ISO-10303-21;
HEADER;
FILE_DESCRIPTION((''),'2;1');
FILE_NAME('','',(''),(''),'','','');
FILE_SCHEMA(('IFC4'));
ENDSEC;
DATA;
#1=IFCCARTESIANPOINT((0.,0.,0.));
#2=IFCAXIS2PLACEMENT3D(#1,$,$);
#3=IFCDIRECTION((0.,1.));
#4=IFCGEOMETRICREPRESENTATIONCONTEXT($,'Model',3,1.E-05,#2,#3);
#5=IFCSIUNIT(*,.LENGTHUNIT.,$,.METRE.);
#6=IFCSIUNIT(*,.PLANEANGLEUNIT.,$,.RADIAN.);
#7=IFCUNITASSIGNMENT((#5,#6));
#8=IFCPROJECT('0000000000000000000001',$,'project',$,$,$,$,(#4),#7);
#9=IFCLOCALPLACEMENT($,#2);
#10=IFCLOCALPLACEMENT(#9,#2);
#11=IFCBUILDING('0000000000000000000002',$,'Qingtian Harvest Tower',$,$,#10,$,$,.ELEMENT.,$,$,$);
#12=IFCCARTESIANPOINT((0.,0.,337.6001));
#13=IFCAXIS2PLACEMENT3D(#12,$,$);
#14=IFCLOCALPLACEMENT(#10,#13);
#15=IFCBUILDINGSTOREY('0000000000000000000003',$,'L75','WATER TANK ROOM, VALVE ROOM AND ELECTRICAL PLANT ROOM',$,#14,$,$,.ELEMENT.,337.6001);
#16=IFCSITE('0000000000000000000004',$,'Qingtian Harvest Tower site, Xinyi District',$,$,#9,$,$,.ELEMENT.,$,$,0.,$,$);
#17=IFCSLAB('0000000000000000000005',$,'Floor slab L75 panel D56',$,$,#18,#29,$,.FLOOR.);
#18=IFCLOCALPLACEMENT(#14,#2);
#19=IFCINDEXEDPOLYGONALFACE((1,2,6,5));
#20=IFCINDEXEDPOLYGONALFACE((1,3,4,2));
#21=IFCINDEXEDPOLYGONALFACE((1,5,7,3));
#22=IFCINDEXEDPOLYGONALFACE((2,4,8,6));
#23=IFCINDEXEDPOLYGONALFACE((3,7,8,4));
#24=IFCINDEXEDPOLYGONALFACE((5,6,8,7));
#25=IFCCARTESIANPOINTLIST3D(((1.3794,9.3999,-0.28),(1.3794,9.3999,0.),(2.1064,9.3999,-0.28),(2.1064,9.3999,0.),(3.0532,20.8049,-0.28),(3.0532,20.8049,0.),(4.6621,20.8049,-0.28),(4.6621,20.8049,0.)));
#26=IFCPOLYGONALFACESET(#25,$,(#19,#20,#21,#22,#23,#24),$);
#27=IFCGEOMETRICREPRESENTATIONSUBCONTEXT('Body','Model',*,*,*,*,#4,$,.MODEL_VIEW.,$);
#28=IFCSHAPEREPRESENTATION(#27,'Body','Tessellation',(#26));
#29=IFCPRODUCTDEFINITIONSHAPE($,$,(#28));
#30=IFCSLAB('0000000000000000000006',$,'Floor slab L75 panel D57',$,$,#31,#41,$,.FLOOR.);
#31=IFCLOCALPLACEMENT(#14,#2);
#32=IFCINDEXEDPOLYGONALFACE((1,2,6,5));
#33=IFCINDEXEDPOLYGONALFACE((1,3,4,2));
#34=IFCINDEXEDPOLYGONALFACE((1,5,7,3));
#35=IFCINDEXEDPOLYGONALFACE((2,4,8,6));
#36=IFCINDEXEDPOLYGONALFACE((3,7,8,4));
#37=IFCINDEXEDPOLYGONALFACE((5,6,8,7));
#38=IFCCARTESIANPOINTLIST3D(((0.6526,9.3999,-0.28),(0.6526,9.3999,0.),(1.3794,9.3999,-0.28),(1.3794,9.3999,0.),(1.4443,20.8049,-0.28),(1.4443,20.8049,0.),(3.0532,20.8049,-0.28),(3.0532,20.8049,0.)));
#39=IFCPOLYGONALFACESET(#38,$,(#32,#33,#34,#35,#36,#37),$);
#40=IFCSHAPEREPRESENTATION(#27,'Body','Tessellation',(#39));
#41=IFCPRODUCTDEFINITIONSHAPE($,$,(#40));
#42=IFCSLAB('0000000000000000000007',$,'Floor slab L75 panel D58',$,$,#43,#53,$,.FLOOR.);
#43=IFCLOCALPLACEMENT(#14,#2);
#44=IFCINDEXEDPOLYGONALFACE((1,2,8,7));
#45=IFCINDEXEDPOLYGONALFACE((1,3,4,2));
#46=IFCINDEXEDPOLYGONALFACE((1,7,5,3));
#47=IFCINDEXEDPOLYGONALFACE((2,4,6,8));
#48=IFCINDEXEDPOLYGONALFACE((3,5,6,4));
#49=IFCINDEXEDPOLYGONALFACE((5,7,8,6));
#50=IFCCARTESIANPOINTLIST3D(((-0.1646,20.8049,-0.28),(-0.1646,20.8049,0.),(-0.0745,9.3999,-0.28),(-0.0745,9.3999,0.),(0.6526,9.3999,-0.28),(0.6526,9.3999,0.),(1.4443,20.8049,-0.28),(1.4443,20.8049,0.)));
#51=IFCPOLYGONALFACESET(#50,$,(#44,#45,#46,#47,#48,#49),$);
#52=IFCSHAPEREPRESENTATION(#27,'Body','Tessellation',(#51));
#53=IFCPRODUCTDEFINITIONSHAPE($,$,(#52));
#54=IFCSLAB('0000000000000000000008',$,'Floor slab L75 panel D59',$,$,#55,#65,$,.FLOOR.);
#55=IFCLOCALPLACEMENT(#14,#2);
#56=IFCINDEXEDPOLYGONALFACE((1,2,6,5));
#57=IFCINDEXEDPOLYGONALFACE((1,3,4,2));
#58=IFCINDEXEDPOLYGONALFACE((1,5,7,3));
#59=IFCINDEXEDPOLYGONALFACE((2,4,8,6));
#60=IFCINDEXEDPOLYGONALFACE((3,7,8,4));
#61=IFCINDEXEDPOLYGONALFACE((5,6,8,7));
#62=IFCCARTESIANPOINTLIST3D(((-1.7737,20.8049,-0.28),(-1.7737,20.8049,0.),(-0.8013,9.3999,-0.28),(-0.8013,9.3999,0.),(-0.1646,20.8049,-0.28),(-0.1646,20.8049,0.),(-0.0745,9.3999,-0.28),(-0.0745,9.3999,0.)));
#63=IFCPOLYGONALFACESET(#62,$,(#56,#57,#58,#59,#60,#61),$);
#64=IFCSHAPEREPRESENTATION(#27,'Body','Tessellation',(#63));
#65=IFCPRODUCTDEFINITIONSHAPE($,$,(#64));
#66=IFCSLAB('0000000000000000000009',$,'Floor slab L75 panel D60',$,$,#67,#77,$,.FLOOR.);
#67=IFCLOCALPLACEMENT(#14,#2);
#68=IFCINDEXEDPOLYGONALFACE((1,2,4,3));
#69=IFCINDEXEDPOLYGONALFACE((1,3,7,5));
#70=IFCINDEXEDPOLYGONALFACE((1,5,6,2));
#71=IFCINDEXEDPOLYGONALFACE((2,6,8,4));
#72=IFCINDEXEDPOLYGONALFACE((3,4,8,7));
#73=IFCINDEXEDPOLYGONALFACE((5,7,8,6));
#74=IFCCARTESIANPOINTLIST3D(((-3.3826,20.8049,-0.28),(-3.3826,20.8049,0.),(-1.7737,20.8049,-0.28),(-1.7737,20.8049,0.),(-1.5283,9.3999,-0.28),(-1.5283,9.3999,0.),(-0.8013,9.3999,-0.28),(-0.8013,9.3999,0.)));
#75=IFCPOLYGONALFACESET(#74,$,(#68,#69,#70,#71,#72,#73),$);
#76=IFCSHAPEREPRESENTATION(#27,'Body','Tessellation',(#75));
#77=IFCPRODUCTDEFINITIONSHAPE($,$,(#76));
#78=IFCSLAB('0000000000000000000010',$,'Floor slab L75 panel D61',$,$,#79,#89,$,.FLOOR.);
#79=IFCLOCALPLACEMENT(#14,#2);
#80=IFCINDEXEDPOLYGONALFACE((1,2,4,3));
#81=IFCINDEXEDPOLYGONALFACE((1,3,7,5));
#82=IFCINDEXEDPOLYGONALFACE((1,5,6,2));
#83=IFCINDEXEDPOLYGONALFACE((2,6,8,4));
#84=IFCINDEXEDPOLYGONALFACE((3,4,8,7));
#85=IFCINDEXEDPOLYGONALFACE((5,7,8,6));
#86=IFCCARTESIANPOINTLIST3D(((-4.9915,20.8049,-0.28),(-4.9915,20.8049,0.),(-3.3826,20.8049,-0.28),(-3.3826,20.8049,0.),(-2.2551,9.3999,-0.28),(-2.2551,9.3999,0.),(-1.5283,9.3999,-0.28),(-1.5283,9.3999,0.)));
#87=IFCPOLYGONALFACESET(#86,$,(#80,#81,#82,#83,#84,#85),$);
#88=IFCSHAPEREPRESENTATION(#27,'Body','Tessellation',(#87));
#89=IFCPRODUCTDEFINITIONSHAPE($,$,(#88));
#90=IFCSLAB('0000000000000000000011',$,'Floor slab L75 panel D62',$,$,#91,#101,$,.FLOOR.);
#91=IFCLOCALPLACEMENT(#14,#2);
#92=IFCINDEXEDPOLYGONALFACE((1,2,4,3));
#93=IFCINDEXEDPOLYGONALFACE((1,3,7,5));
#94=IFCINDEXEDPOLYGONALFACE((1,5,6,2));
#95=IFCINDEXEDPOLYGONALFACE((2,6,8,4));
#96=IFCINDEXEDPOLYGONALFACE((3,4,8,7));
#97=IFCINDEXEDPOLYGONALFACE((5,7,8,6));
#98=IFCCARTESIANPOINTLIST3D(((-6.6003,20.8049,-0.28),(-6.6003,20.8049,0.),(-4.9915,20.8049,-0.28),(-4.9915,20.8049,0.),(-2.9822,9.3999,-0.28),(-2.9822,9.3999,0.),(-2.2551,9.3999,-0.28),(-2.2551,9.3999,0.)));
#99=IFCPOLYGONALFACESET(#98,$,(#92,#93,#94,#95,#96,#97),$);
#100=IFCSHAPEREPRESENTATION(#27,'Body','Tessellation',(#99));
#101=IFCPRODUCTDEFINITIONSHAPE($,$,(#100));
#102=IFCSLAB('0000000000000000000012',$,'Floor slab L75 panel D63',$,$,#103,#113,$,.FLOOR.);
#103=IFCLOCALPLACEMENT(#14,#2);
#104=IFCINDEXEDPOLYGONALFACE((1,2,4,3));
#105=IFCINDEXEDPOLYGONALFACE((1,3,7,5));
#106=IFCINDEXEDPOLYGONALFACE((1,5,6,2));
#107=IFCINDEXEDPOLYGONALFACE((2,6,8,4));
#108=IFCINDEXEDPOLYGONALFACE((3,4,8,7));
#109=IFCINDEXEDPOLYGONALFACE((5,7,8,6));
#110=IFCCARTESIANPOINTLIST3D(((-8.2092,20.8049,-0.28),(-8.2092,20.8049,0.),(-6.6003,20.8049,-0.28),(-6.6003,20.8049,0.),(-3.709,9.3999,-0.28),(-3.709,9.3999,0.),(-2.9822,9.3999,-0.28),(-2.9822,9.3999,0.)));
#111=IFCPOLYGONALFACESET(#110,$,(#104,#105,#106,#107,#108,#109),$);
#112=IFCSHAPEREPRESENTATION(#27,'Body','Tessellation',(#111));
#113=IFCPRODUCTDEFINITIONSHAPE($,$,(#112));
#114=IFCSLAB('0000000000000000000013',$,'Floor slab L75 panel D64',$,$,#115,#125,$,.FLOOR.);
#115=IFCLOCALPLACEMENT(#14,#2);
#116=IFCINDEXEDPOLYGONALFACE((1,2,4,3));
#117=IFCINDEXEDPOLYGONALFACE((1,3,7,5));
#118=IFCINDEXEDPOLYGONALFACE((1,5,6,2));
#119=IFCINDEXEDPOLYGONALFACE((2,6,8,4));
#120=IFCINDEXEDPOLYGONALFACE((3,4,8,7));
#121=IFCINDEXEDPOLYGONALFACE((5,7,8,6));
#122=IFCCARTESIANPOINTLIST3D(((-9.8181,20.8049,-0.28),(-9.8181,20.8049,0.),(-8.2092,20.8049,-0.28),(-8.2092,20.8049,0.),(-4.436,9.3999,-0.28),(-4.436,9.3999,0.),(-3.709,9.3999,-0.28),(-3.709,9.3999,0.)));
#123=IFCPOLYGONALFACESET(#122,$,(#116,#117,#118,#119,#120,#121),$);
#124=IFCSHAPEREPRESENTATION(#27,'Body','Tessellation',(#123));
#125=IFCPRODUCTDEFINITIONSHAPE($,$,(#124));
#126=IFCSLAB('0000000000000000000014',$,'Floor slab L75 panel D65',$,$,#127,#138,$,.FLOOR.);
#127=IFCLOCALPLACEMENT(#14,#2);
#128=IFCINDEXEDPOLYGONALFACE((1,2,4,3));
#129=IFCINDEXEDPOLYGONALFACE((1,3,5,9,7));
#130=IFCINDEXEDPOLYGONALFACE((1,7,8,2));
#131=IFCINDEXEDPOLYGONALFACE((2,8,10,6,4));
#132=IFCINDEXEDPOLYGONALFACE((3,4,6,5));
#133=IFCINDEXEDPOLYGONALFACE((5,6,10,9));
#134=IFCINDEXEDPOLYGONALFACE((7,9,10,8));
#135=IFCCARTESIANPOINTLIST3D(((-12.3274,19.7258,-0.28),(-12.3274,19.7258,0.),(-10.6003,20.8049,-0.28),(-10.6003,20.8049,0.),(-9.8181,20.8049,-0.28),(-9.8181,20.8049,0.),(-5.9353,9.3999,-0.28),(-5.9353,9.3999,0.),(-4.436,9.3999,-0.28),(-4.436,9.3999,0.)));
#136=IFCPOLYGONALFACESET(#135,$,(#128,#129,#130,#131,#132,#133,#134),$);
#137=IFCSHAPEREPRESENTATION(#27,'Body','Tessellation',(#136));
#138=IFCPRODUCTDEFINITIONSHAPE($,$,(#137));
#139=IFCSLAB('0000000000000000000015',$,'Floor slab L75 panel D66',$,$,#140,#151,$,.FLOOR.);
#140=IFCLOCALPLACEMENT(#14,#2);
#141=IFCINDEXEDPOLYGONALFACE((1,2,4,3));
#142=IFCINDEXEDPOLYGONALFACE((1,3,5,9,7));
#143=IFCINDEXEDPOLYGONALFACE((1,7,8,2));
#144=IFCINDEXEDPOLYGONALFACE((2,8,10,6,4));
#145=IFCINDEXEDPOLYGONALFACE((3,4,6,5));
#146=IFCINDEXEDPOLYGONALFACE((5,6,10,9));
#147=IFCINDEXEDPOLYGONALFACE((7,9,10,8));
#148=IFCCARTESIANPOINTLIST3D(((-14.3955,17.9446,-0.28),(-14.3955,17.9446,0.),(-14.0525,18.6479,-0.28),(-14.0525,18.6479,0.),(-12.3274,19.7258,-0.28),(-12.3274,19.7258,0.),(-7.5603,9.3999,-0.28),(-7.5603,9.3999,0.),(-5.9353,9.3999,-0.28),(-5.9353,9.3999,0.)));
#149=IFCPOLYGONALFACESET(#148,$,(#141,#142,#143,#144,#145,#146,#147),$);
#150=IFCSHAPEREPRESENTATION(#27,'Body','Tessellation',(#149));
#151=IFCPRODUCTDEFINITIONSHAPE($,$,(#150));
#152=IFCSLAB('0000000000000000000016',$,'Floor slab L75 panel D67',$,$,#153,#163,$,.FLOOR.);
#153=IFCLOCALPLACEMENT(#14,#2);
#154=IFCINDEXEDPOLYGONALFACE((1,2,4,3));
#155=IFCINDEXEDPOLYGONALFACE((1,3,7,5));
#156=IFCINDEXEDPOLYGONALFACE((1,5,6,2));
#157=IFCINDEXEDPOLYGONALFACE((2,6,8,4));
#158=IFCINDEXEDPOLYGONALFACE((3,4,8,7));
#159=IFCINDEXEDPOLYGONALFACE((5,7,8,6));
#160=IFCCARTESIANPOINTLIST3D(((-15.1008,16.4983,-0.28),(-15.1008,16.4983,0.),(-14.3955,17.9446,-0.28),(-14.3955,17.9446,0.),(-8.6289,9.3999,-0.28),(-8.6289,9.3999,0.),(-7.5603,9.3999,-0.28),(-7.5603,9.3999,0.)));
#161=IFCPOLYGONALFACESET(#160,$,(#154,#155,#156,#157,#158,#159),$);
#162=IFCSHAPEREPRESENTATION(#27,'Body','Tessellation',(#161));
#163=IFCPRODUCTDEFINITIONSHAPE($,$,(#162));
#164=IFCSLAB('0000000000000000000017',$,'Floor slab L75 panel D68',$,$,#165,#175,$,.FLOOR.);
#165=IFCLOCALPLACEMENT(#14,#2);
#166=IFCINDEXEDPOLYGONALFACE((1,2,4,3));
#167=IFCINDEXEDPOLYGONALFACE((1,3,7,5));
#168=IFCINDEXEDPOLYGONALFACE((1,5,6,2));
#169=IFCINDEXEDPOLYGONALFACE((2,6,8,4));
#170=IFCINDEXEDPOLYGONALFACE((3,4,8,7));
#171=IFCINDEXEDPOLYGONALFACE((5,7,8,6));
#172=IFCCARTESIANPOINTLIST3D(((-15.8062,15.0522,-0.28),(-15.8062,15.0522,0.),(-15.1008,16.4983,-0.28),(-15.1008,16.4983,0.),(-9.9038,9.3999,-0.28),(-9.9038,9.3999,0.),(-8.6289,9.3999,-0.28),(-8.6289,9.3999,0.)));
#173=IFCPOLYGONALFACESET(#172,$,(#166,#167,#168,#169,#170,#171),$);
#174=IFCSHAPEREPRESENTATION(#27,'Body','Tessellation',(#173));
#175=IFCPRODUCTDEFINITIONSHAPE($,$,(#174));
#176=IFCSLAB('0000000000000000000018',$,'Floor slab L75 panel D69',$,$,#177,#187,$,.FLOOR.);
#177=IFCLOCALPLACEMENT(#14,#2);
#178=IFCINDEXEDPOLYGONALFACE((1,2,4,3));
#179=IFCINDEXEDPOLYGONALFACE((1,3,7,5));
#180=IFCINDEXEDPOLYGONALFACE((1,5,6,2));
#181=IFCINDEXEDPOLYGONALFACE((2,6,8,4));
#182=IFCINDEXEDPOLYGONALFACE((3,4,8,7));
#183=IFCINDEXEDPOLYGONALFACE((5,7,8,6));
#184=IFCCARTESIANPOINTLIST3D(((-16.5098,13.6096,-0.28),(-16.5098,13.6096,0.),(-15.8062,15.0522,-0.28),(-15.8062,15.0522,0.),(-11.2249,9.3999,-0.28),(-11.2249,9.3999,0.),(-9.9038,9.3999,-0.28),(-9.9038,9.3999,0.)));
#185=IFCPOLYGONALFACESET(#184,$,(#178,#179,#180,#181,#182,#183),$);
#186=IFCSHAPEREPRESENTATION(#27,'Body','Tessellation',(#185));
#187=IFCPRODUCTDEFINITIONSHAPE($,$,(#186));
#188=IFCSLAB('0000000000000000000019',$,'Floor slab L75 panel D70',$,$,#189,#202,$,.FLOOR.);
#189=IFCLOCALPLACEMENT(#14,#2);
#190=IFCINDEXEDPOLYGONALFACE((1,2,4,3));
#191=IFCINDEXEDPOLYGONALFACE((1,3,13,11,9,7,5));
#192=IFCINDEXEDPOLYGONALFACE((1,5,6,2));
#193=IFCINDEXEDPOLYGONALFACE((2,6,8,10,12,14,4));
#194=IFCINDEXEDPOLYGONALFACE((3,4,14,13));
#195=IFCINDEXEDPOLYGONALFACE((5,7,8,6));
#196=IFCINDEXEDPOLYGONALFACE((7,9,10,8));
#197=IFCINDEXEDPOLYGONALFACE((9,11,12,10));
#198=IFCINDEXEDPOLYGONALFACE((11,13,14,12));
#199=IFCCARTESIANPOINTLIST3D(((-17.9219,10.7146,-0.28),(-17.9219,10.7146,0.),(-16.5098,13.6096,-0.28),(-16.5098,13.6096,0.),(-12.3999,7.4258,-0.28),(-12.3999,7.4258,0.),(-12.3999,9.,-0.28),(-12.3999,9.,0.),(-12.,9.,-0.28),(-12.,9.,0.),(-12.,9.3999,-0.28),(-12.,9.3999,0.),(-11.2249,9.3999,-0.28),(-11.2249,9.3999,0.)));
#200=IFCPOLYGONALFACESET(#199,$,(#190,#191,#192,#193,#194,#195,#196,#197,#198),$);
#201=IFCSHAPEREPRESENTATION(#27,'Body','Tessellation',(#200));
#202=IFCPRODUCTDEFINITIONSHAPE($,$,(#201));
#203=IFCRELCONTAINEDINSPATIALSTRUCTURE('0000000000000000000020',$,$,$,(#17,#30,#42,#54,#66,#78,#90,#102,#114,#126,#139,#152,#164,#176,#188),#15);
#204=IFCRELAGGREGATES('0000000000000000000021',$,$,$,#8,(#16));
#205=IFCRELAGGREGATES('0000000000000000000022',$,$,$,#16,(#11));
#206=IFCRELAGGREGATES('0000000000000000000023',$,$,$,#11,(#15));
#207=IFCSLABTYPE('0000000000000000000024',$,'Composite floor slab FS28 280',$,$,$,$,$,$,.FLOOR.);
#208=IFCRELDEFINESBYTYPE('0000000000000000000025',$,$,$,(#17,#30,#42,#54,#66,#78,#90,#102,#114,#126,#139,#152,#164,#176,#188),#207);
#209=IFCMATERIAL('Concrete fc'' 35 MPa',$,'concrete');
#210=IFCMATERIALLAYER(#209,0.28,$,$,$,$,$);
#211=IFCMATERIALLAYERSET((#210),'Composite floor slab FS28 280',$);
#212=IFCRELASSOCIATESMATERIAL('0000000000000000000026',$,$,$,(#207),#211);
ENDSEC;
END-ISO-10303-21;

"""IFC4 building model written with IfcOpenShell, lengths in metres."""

from ifc_helpers import new_model, si_unit, direction, frame, origin, place, context, subcontext, project, spatial, polyline, outline, extrude, material, layer, layer_set, type_object, element, save


model = new_model("IFC4")

# Units and contexts
model_context = context("Model", 3, precision=1e-05, world=origin(), true_north=direction((0.0, 1.0)))
body_context = subcontext(model_context, "Body", "Model", "MODEL_VIEW")
ifc_project = project(units=[si_unit("LENGTHUNIT", "METRE"), si_unit("PLANEANGLEUNIT", "RADIAN")], contexts=[model_context])

# Site, building, storey
site_placement = place(None, origin())
site = spatial("IfcSite", under=ifc_project, at=site_placement, Name="Qingtian Harvest Tower site, Xinyi District", CompositionType="ELEMENT", RefElevation=0.0)
building_placement = place(site_placement, origin())
building = spatial("IfcBuilding", under=site, at=building_placement, Name="Qingtian Harvest Tower", CompositionType="ELEMENT")
storey_placement = place(building_placement, frame((0.0, 0.0, 337.6001)))
storey = spatial("IfcBuildingStorey", under=building, at=storey_placement, Name="L75", Description="WATER TANK ROOM, VALVE ROOM AND ELECTRICAL PLANT ROOM", CompositionType="ELEMENT", Elevation=337.6001)

# Slabs
ifc_material_1 = material(Name="Concrete fc' 35 MPa", Category="concrete")
ifc_layer_1 = layer(ifc_material_1, 0.28)
ifc_layer_set_1 = layer_set([ifc_layer_1], Name="Composite floor slab FS28 280")
slab_type = type_object("IfcSlabType", Name="Composite floor slab FS28 280", PredefinedType="FLOOR", material=ifc_layer_set_1)
slab_1_placement = place(storey_placement, frame((0.0, 0.0, -0.28)))
element("IfcSlab", 1, at=slab_1_placement, inside=storey, type_object=slab_type, Name="Floor slab L75 panel D56", PredefinedType="FLOOR", context=body_context, shape_type="SweptSolid", body=[
    extrude(outline(polyline([(1.3794, 9.3999), (3.0532, 20.8049), (4.6621, 20.8049), (2.1064, 9.3999), (1.3794, 9.3999)])), origin(), (0.0, 0.0, 1.0), 0.28),
])
slab_2_placement = place(storey_placement, frame((0.0, 0.0, -0.28)))
element("IfcSlab", 2, at=slab_2_placement, inside=storey, type_object=slab_type, Name="Floor slab L75 panel D57", PredefinedType="FLOOR", context=body_context, shape_type="SweptSolid", body=[
    extrude(outline(polyline([(0.6526, 9.3999), (1.4443, 20.8049), (3.0532, 20.8049), (1.3794, 9.3999), (0.6526, 9.3999)])), origin(), (0.0, 0.0, 1.0), 0.28),
])
slab_3_placement = place(storey_placement, frame((0.0, 0.0, -0.28)))
element("IfcSlab", 3, at=slab_3_placement, inside=storey, type_object=slab_type, Name="Floor slab L75 panel D58", PredefinedType="FLOOR", context=body_context, shape_type="SweptSolid", body=[
    extrude(outline(polyline([(-0.0745, 9.3999), (-0.1646, 20.8049), (1.4443, 20.8049), (0.6526, 9.3999), (-0.0745, 9.3999)])), origin(), (0.0, 0.0, 1.0), 0.28),
])
slab_4_placement = place(storey_placement, frame((0.0, 0.0, -0.28)))
element("IfcSlab", 4, at=slab_4_placement, inside=storey, type_object=slab_type, Name="Floor slab L75 panel D59", PredefinedType="FLOOR", context=body_context, shape_type="SweptSolid", body=[
    extrude(outline(polyline([(-0.8013, 9.3999), (-1.7737, 20.8049), (-0.1646, 20.8049), (-0.0745, 9.3999), (-0.8013, 9.3999)])), origin(), (0.0, 0.0, 1.0), 0.28),
])
slab_5_placement = place(storey_placement, frame((0.0, 0.0, -0.28)))
element("IfcSlab", 5, at=slab_5_placement, inside=storey, type_object=slab_type, Name="Floor slab L75 panel D60", PredefinedType="FLOOR", context=body_context, shape_type="SweptSolid", body=[
    extrude(outline(polyline([(-1.5283, 9.3999), (-3.3826, 20.8049), (-1.7737, 20.8049), (-0.8013, 9.3999), (-1.5283, 9.3999)])), origin(), (0.0, 0.0, 1.0), 0.28),
])
slab_6_placement = place(storey_placement, frame((0.0, 0.0, -0.28)))
element("IfcSlab", 6, at=slab_6_placement, inside=storey, type_object=slab_type, Name="Floor slab L75 panel D61", PredefinedType="FLOOR", context=body_context, shape_type="SweptSolid", body=[
    extrude(outline(polyline([(-2.2551, 9.3999), (-4.9915, 20.8049), (-3.3826, 20.8049), (-1.5283, 9.3999), (-2.2551, 9.3999)])), origin(), (0.0, 0.0, 1.0), 0.28),
])
slab_7_placement = place(storey_placement, frame((0.0, 0.0, -0.28)))
element("IfcSlab", 7, at=slab_7_placement, inside=storey, type_object=slab_type, Name="Floor slab L75 panel D62", PredefinedType="FLOOR", context=body_context, shape_type="SweptSolid", body=[
    extrude(outline(polyline([(-2.9822, 9.3999), (-6.6003, 20.8049), (-4.9915, 20.8049), (-2.2551, 9.3999), (-2.9822, 9.3999)])), origin(), (0.0, 0.0, 1.0), 0.28),
])
slab_8_placement = place(storey_placement, frame((0.0, 0.0, -0.28)))
element("IfcSlab", 8, at=slab_8_placement, inside=storey, type_object=slab_type, Name="Floor slab L75 panel D63", PredefinedType="FLOOR", context=body_context, shape_type="SweptSolid", body=[
    extrude(outline(polyline([(-3.709, 9.3999), (-8.2092, 20.8049), (-6.6003, 20.8049), (-2.9822, 9.3999), (-3.709, 9.3999)])), origin(), (0.0, 0.0, 1.0), 0.28),
])
slab_9_placement = place(storey_placement, frame((0.0, 0.0, -0.28)))
element("IfcSlab", 9, at=slab_9_placement, inside=storey, type_object=slab_type, Name="Floor slab L75 panel D64", PredefinedType="FLOOR", context=body_context, shape_type="SweptSolid", body=[
    extrude(outline(polyline([(-4.436, 9.3999), (-9.8181, 20.8049), (-8.2092, 20.8049), (-3.709, 9.3999), (-4.436, 9.3999)])), origin(), (0.0, 0.0, 1.0), 0.28),
])
slab_10_placement = place(storey_placement, frame((0.0, 0.0, -0.28)))
element("IfcSlab", 10, at=slab_10_placement, inside=storey, type_object=slab_type, Name="Floor slab L75 panel D65", PredefinedType="FLOOR", context=body_context, shape_type="SweptSolid", body=[
    extrude(outline(polyline([(-4.436, 9.3999), (-5.9353, 9.3999), (-12.3274, 19.7258), (-10.6003, 20.8049), (-9.8181, 20.8049), (-4.436, 9.3999)])), origin(), (0.0, 0.0, 1.0), 0.28),
])
slab_11_placement = place(storey_placement, frame((0.0, 0.0, -0.28)))
element("IfcSlab", 11, at=slab_11_placement, inside=storey, type_object=slab_type, Name="Floor slab L75 panel D66", PredefinedType="FLOOR", context=body_context, shape_type="SweptSolid", body=[
    extrude(outline(polyline([(-5.9353, 9.3999), (-7.5603, 9.3999), (-14.3955, 17.9446), (-14.0525, 18.6479), (-12.3274, 19.7258), (-5.9353, 9.3999)])), origin(), (0.0, 0.0, 1.0), 0.28),
])
slab_12_placement = place(storey_placement, frame((0.0, 0.0, -0.28)))
element("IfcSlab", 12, at=slab_12_placement, inside=storey, type_object=slab_type, Name="Floor slab L75 panel D67", PredefinedType="FLOOR", context=body_context, shape_type="SweptSolid", body=[
    extrude(outline(polyline([(-8.6289, 9.3999), (-15.1008, 16.4983), (-14.3955, 17.9446), (-7.5603, 9.3999), (-8.6289, 9.3999)])), origin(), (0.0, 0.0, 1.0), 0.28),
])
slab_13_placement = place(storey_placement, frame((0.0, 0.0, -0.28)))
element("IfcSlab", 13, at=slab_13_placement, inside=storey, type_object=slab_type, Name="Floor slab L75 panel D68", PredefinedType="FLOOR", context=body_context, shape_type="SweptSolid", body=[
    extrude(outline(polyline([(-9.9038, 9.3999), (-15.8062, 15.0522), (-15.1008, 16.4983), (-8.6289, 9.3999), (-9.9038, 9.3999)])), origin(), (0.0, 0.0, 1.0), 0.28),
])
slab_14_placement = place(storey_placement, frame((0.0, 0.0, -0.28)))
element("IfcSlab", 14, at=slab_14_placement, inside=storey, type_object=slab_type, Name="Floor slab L75 panel D69", PredefinedType="FLOOR", context=body_context, shape_type="SweptSolid", body=[
    extrude(outline(polyline([(-11.2249, 9.3999), (-16.5098, 13.6096), (-15.8062, 15.0522), (-9.9038, 9.3999), (-11.2249, 9.3999)])), origin(), (0.0, 0.0, 1.0), 0.28),
])
slab_15_placement = place(storey_placement, frame((0.0, 0.0, -0.28)))
element("IfcSlab", 15, at=slab_15_placement, inside=storey, type_object=slab_type, Name="Floor slab L75 panel D70", PredefinedType="FLOOR", context=body_context, shape_type="SweptSolid", body=[
    extrude(outline(polyline([(-12.0, 9.0), (-12.3999, 9.0), (-12.3999, 7.4258), (-17.9219, 10.7146), (-16.5098, 13.6096), (-11.2249, 9.3999), (-12.0, 9.3999), (-12.0, 9.0)])), origin(), (0.0, 0.0, 1.0), 0.28),
])

save(model, "model.ifc")
